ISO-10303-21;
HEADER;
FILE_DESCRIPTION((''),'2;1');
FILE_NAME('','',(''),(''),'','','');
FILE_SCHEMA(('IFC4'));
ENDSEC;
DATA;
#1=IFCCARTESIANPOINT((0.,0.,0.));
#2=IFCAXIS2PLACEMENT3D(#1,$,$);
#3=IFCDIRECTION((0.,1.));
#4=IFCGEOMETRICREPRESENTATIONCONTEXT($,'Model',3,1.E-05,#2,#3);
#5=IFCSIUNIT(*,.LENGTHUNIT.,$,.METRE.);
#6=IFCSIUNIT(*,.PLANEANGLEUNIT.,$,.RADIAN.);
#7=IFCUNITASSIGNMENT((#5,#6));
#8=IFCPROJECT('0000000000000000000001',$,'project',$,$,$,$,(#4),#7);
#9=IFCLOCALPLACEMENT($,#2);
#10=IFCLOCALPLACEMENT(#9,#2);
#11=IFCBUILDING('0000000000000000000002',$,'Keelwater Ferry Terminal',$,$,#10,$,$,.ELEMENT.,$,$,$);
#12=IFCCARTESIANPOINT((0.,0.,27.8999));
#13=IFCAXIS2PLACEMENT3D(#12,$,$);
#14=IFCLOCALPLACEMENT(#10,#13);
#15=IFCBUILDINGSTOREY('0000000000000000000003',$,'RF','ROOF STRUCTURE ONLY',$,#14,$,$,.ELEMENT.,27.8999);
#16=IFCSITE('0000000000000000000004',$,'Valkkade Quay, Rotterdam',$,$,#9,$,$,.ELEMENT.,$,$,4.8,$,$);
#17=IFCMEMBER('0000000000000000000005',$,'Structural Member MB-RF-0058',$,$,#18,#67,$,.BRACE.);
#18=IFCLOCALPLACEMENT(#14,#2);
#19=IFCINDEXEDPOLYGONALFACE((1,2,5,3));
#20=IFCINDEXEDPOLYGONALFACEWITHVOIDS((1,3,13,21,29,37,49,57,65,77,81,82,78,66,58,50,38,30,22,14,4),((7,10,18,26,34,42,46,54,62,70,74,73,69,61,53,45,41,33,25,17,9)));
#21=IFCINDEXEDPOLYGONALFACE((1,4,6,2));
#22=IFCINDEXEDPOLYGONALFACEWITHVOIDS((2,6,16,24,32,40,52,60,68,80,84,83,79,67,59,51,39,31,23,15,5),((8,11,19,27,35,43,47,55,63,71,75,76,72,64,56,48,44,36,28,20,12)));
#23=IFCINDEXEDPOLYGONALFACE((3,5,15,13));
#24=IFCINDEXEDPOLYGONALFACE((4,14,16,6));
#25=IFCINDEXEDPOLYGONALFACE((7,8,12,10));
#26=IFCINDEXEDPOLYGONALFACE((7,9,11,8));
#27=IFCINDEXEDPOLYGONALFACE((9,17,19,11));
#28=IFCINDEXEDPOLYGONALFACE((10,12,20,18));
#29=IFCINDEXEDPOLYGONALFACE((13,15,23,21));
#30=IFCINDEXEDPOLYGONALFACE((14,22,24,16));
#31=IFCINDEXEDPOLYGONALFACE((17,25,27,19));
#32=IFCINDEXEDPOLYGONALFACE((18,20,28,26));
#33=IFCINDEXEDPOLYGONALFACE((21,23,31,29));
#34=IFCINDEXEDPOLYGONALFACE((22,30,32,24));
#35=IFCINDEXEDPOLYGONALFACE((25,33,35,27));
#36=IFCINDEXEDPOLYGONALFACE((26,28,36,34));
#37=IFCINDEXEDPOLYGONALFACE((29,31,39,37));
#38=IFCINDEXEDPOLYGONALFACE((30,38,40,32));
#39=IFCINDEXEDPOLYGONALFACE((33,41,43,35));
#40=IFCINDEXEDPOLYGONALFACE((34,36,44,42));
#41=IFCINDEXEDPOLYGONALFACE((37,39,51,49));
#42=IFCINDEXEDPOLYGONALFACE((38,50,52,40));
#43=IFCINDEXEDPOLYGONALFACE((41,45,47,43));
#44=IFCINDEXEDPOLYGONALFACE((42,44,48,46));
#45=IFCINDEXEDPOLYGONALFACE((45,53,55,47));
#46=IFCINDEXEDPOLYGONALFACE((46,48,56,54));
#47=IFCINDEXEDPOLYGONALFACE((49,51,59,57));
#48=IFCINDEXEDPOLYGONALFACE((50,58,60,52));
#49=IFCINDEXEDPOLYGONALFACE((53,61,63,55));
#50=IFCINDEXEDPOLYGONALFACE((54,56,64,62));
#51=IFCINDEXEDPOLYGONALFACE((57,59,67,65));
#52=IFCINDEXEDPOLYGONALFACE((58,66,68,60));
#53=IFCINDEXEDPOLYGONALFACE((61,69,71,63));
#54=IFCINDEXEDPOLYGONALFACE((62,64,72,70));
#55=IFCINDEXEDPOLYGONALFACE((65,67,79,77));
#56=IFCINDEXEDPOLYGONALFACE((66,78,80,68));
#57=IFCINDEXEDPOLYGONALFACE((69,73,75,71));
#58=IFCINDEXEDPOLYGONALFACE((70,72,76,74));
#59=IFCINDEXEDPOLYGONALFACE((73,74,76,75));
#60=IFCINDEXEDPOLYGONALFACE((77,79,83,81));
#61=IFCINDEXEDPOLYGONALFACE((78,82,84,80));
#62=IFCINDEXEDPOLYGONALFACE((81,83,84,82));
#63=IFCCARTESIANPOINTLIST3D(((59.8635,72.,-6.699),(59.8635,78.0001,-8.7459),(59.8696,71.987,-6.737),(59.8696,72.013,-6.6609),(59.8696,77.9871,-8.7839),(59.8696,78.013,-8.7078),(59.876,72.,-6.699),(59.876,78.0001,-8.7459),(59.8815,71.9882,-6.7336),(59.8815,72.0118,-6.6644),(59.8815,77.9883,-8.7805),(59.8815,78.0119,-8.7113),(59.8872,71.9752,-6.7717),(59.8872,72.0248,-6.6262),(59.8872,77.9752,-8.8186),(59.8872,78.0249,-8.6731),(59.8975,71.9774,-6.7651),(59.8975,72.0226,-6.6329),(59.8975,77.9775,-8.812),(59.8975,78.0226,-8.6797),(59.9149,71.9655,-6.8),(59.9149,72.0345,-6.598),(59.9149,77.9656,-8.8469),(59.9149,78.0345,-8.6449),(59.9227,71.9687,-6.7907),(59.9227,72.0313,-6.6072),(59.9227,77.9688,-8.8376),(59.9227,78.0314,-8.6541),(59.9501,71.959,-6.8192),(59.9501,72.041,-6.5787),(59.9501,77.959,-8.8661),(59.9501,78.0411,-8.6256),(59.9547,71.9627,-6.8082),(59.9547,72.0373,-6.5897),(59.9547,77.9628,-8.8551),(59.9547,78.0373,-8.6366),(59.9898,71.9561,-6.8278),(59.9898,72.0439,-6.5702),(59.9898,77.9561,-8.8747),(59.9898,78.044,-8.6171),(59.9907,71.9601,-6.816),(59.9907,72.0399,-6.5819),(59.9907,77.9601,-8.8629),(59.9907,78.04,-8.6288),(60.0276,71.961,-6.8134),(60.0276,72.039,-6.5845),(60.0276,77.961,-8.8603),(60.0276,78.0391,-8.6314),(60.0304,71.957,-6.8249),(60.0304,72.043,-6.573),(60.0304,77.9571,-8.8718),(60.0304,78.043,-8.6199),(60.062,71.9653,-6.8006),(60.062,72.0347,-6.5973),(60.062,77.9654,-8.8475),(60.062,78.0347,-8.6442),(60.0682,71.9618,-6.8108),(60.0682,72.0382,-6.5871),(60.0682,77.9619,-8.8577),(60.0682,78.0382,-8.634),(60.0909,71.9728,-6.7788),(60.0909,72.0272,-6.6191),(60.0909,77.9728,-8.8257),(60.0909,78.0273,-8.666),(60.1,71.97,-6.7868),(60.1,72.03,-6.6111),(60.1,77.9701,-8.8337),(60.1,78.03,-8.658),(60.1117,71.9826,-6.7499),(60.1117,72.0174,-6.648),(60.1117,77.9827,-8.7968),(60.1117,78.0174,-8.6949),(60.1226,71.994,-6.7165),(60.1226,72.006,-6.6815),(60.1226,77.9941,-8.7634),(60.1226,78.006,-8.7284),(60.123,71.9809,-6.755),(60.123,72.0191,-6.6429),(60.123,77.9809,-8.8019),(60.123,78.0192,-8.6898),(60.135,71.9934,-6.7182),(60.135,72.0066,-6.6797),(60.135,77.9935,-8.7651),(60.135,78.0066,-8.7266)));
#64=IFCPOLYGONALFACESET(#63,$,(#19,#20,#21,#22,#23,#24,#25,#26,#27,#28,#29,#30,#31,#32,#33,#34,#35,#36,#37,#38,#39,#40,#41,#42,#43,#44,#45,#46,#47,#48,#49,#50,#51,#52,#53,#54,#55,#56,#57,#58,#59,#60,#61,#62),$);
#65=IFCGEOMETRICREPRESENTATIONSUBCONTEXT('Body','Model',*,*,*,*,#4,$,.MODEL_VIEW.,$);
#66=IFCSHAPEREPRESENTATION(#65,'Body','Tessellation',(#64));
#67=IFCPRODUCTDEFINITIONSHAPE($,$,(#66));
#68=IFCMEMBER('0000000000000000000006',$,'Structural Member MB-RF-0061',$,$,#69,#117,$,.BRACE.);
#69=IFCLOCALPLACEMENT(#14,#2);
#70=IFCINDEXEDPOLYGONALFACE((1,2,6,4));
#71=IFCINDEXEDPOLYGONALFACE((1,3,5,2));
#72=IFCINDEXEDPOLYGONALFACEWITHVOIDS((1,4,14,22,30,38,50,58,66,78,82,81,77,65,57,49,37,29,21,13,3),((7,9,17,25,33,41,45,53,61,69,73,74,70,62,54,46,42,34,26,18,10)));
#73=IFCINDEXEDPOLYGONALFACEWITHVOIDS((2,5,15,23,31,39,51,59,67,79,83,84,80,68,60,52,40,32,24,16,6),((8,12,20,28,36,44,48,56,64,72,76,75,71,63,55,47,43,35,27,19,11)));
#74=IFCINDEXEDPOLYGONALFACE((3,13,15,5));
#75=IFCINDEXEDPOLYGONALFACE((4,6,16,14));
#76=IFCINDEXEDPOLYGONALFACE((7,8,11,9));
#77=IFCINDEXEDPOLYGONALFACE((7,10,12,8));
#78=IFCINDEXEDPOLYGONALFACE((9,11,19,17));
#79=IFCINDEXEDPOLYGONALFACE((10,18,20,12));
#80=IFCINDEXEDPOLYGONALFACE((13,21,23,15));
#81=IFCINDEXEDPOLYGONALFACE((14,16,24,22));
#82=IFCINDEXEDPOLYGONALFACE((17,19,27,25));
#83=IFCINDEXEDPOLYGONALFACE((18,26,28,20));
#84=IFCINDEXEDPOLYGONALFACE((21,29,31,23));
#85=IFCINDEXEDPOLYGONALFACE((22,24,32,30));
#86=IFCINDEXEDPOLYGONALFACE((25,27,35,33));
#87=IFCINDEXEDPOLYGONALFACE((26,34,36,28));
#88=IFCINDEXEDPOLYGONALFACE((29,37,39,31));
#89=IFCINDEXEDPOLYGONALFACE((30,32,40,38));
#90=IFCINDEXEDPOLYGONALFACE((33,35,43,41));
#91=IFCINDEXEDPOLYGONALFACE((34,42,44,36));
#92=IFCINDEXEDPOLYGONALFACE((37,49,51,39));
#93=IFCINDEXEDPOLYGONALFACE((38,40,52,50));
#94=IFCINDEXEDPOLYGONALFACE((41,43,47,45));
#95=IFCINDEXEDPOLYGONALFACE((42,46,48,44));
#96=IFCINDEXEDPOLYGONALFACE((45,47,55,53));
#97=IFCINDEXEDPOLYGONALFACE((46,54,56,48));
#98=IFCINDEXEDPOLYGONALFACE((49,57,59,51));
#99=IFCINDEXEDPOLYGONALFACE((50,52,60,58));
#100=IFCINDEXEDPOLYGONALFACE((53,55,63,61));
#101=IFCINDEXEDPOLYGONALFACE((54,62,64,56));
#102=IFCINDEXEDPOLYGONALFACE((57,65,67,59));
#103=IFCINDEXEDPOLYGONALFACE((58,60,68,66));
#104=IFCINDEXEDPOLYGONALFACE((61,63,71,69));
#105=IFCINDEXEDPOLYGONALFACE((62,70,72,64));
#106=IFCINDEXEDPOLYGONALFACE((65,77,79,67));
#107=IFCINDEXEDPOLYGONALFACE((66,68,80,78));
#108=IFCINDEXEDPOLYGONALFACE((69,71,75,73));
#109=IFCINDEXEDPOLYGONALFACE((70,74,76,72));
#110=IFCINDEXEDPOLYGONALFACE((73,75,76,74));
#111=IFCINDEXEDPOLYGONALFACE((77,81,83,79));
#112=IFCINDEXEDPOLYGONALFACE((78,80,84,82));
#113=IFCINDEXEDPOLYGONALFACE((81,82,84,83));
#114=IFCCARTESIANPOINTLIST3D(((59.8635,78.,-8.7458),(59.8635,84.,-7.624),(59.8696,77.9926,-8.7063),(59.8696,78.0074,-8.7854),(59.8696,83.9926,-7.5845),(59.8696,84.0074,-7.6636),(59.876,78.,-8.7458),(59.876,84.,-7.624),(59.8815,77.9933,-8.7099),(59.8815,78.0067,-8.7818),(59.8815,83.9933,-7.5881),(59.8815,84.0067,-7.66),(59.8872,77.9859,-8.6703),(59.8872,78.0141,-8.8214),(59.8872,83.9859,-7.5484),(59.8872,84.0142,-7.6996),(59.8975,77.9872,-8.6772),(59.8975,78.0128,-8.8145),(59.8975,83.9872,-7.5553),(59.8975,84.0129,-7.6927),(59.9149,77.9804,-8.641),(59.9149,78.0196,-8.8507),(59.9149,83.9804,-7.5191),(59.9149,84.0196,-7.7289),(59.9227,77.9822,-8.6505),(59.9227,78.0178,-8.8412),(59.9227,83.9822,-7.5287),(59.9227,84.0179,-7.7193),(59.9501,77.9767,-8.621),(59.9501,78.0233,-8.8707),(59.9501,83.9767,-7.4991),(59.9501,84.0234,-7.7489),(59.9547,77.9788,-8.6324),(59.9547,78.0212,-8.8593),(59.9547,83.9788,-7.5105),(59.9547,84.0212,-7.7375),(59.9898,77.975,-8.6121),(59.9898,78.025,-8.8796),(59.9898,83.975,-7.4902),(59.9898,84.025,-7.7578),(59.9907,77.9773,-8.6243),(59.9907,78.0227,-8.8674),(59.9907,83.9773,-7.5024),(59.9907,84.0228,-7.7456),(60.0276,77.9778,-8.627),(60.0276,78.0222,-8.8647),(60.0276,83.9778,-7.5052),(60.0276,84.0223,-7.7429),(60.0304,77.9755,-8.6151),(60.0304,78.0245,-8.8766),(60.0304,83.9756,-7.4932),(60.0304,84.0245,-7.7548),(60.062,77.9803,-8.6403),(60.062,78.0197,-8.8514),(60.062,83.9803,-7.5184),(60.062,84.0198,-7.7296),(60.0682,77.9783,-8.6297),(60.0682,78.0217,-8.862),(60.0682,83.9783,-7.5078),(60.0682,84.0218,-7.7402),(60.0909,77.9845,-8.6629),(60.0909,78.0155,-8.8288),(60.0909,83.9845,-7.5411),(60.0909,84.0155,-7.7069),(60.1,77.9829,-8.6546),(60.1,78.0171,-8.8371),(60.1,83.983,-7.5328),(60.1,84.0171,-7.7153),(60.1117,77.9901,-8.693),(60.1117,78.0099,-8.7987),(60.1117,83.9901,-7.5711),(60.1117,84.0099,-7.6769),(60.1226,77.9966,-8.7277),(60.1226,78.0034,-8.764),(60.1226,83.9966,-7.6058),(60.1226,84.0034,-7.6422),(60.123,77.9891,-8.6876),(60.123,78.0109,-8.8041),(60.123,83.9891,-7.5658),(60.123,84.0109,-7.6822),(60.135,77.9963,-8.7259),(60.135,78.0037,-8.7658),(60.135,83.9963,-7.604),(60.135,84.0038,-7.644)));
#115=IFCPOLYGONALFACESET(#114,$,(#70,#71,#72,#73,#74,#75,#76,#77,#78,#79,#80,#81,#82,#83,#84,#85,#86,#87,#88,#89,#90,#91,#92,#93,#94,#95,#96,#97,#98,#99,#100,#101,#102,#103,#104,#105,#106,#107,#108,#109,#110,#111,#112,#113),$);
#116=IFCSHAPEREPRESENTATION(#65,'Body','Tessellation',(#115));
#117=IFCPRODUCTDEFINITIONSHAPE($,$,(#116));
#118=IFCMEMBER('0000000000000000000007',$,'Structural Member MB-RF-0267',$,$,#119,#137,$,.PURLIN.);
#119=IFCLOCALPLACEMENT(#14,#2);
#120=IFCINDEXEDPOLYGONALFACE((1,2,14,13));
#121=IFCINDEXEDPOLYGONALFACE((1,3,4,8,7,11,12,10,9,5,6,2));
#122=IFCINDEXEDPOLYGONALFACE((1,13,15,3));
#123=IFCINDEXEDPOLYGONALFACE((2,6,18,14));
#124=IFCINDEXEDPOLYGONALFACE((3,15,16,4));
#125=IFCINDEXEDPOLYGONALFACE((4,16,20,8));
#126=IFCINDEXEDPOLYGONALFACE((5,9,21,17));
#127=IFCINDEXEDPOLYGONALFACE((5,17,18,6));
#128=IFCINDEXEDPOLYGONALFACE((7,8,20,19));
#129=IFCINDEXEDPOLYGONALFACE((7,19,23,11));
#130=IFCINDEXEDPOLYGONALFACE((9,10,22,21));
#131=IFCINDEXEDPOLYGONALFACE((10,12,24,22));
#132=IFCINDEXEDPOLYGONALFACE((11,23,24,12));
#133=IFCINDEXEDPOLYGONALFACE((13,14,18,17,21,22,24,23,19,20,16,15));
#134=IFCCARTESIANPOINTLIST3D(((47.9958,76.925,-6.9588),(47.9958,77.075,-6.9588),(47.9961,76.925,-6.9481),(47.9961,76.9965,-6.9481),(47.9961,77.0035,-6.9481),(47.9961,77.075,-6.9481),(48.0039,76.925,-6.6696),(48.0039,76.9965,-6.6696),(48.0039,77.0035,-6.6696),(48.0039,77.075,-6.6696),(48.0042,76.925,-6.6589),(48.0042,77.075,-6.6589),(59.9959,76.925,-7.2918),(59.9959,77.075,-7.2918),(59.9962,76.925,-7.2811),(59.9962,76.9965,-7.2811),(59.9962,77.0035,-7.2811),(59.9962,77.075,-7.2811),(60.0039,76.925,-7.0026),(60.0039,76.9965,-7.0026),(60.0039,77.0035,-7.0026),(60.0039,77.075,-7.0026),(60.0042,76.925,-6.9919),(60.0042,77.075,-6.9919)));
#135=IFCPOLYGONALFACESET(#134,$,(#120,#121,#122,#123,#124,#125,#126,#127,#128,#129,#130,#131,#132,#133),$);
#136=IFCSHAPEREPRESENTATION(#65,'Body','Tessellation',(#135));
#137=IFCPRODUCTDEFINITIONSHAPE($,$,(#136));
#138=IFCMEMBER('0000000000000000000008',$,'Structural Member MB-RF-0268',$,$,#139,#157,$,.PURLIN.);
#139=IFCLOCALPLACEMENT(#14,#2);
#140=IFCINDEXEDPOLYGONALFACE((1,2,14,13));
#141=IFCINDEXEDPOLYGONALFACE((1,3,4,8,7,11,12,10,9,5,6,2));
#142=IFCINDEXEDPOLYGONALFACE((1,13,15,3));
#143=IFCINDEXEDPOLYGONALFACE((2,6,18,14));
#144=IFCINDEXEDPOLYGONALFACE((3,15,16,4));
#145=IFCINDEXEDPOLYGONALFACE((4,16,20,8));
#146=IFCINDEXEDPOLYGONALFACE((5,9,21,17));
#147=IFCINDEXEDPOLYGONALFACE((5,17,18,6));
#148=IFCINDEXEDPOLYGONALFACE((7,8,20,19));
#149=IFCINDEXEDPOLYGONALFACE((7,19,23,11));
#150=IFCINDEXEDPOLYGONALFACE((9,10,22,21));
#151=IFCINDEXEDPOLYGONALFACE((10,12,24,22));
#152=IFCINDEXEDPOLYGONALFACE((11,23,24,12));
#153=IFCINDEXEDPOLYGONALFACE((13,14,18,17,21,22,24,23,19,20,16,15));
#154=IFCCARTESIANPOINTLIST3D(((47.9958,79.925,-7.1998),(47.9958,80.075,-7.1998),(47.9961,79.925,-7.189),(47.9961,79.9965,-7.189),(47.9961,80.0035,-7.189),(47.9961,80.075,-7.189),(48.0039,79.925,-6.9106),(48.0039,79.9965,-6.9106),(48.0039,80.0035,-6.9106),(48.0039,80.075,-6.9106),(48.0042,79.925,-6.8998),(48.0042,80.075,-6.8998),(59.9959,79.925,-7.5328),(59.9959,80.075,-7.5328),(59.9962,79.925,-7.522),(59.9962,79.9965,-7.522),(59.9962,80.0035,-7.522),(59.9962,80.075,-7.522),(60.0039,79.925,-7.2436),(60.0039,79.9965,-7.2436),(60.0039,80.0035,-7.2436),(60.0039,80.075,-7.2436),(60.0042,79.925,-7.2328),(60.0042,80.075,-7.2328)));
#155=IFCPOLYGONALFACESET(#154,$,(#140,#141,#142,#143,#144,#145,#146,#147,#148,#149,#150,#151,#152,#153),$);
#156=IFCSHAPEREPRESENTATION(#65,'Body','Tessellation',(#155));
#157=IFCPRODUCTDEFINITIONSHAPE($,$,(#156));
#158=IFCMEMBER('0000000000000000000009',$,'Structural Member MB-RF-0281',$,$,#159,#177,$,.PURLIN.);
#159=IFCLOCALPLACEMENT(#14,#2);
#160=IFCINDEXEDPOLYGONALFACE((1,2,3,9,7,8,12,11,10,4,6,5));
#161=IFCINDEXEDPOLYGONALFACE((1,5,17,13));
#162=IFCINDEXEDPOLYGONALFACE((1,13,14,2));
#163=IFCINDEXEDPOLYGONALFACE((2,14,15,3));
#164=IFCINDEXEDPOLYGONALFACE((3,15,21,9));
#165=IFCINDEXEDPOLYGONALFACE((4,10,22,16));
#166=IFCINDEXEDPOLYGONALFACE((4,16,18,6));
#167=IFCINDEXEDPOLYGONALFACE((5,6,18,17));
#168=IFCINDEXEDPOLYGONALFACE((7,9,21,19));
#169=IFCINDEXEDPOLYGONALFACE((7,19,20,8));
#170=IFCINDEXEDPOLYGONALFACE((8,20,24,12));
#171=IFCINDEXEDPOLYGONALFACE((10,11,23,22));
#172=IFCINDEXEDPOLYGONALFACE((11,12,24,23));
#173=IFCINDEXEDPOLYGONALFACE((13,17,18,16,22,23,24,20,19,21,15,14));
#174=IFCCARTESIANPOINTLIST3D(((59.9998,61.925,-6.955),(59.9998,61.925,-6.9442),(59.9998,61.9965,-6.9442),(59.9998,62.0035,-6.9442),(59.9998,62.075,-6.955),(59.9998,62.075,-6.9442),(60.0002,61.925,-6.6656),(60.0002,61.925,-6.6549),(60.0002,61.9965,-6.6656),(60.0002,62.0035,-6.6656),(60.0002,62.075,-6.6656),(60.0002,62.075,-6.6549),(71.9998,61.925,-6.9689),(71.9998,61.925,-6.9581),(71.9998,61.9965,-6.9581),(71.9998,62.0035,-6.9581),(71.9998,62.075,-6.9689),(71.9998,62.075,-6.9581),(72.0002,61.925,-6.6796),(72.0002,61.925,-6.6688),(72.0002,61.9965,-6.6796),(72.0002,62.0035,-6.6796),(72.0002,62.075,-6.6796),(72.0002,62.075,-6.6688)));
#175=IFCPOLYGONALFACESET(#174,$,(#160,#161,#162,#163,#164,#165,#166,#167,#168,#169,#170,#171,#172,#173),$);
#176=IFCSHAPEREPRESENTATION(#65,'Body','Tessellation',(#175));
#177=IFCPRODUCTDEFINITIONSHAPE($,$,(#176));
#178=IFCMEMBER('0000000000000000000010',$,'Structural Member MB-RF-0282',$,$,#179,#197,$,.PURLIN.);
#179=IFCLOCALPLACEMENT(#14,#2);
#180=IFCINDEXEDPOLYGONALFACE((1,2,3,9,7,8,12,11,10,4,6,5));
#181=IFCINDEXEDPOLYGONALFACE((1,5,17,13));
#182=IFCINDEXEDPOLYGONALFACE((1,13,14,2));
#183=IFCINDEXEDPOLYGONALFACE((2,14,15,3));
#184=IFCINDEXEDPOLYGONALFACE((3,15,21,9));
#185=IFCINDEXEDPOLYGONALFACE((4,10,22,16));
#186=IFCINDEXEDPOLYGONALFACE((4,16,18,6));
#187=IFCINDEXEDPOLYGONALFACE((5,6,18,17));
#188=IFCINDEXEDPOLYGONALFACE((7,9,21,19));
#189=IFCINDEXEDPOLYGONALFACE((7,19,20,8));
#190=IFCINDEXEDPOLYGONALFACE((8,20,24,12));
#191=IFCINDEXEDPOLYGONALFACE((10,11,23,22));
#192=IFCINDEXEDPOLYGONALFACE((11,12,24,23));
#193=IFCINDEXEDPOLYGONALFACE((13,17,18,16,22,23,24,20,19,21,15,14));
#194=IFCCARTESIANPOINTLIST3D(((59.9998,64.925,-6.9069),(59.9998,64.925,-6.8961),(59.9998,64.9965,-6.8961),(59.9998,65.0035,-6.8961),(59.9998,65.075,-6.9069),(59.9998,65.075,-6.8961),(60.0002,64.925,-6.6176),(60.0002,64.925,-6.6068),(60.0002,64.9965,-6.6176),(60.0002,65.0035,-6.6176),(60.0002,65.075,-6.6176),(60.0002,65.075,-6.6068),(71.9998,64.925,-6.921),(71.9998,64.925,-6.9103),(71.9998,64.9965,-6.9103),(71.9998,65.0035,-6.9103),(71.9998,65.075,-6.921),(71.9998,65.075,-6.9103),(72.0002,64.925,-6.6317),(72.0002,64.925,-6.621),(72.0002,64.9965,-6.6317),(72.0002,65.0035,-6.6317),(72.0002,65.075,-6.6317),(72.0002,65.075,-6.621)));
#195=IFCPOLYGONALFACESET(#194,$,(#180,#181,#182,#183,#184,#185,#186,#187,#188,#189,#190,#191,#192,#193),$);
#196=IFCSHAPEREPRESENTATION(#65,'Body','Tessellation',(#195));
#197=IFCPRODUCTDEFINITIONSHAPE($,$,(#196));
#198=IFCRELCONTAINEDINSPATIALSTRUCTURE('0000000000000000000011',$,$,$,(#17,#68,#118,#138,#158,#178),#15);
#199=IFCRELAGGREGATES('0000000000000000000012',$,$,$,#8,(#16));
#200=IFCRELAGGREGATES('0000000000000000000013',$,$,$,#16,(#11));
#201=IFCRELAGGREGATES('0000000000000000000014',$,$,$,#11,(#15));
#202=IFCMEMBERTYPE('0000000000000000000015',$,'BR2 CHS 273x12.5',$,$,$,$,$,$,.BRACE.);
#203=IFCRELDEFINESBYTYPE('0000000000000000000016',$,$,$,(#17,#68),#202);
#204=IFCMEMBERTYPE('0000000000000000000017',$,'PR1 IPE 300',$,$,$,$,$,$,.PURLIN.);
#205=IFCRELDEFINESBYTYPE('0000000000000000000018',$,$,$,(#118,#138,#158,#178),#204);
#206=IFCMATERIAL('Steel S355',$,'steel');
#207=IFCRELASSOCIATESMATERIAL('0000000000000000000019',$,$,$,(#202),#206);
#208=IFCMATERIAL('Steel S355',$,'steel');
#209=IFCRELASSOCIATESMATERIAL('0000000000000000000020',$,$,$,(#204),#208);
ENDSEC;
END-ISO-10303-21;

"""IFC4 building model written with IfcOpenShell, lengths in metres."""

from ifc_helpers import new_model, si_unit, direction, frame, origin, origin_2d, place, context, subcontext, project, spatial, hollow_circle, i_section, extrude, material, material_profile, profile_set, type_object, element, save


model = new_model("IFC4")

# Units and contexts
model_context = context("Model", 3, precision=1e-05, world=origin(), true_north=direction((0.0, 1.0)))
body_context = subcontext(model_context, "Body", "Model", "MODEL_VIEW")
ifc_project = project(units=[si_unit("LENGTHUNIT", "METRE"), si_unit("PLANEANGLEUNIT", "RADIAN")], contexts=[model_context])

# Site, building, storey
site_placement = place(None, origin())
site = spatial("IfcSite", under=ifc_project, at=site_placement, Name="Valkkade Quay, Rotterdam", CompositionType="ELEMENT", RefElevation=4.8)
building_placement = place(site_placement, origin())
building = spatial("IfcBuilding", under=site, at=building_placement, Name="Keelwater Ferry Terminal", CompositionType="ELEMENT")
storey_placement = place(building_placement, frame((0.0, 0.0, 27.8999)))
storey = spatial("IfcBuildingStorey", under=building, at=storey_placement, Name="RF", Description="ROOF STRUCTURE ONLY", CompositionType="ELEMENT", Elevation=27.8999)

# Members
ifc_material_1 = material(Name="Steel S355", Category="steel")
ifc_material_profile_1 = material_profile(ifc_material_1, hollow_circle(Radius=0.1365, WallThickness=0.0125, at=origin_2d()), Name="CHS 273x12.5")
ifc_profile_set_1 = profile_set([ifc_material_profile_1], Name="Steel S355")
member_type_1 = type_object("IfcMemberType", Name="BR2 CHS 273x12.5", PredefinedType="BRACE", material=ifc_profile_set_1)
member_1_placement = place(storey_placement, frame((60.0, 72.0, -6.699), z_axis=(0.0, 0.946442, -0.322875), x_axis=(-1.0, 0.0, 0.0)))
element("IfcMember", 1, at=member_1_placement, inside=storey, type_object=member_type_1, Name="Structural Member MB-RF-0058", PredefinedType="BRACE", context=body_context, shape_type="SweptSolid", body=[
    extrude(hollow_circle(Radius=0.1365, WallThickness=0.0125, at=origin_2d()), origin(), (0.0, 0.0, 1.0), 6.3396),
])
member_2_placement = place(storey_placement, frame((60.0, 78.0, -8.7458), z_axis=(0.0, 0.982966, 0.183786), x_axis=(-1.0, 0.0, 0.0)))
element("IfcMember", 2, at=member_2_placement, inside=storey, type_object=member_type_1, Name="Structural Member MB-RF-0061", PredefinedType="BRACE", context=body_context, shape_type="SweptSolid", body=[
    extrude(hollow_circle(Radius=0.1365, WallThickness=0.0125, at=origin_2d()), origin(), (0.0, 0.0, 1.0), 6.104),
])
ifc_material_2 = material(Name="Steel S355", Category="steel")
ifc_material_profile_2 = material_profile(ifc_material_2, i_section(OverallWidth=0.1499, OverallDepth=0.3, WebThickness=0.0071, FlangeThickness=0.0107, at=origin_2d()), Name="IPE 300")
ifc_profile_set_2 = profile_set([ifc_material_profile_2], Name="Steel S355")
member_type_2 = type_object("IfcMemberType", Name="PR1 IPE 300", PredefinedType="PURLIN", material=ifc_profile_set_2)
for number, where, z_axis, x_axis, name in (
    (3, (48.0, 77.0, -6.8088), (0.999615, 0.0, -0.02774), (0.0, 1.0, 0.0), "Structural Member MB-RF-0267"),
    (4, (48.0, 80.0, -7.0498), (0.999615, 0.0, -0.02774), (0.0, 1.0, 0.0), "Structural Member MB-RF-0268"),
):
    element("IfcMember", number, at=place(storey_placement, frame(where, z_axis=z_axis, x_axis=x_axis)), inside=storey, type_object=member_type_2, Name=name, PredefinedType="PURLIN", context=body_context, shape_type="SweptSolid", body=[
        extrude(i_section(OverallWidth=0.1499, OverallDepth=0.3, WebThickness=0.0071, FlangeThickness=0.0107, at=origin_2d()), origin(), (0.0, 0.0, 1.0), 12.0046),
    ])
for number, where, z_axis, x_axis, name in (
    (5, (60.0, 62.0, -6.8049), (0.999999, 0.0, -0.00116), (0.0, 1.0, 0.0), "Structural Member MB-RF-0281"),
    (6, (60.0, 65.0, -6.7568), (0.999999, 0.0, -0.00118), (0.0, 1.0, 0.0), "Structural Member MB-RF-0282"),
):
    element("IfcMember", number, at=place(storey_placement, frame(where, z_axis=z_axis, x_axis=x_axis)), inside=storey, type_object=member_type_2, Name=name, PredefinedType="PURLIN", context=body_context, shape_type="SweptSolid", body=[
        extrude(i_section(OverallWidth=0.1499, OverallDepth=0.3, WebThickness=0.0071, FlangeThickness=0.0107, at=origin_2d()), origin(), (0.0, 0.0, 1.0), 12.0),
    ])

save(model, "model.ifc")
